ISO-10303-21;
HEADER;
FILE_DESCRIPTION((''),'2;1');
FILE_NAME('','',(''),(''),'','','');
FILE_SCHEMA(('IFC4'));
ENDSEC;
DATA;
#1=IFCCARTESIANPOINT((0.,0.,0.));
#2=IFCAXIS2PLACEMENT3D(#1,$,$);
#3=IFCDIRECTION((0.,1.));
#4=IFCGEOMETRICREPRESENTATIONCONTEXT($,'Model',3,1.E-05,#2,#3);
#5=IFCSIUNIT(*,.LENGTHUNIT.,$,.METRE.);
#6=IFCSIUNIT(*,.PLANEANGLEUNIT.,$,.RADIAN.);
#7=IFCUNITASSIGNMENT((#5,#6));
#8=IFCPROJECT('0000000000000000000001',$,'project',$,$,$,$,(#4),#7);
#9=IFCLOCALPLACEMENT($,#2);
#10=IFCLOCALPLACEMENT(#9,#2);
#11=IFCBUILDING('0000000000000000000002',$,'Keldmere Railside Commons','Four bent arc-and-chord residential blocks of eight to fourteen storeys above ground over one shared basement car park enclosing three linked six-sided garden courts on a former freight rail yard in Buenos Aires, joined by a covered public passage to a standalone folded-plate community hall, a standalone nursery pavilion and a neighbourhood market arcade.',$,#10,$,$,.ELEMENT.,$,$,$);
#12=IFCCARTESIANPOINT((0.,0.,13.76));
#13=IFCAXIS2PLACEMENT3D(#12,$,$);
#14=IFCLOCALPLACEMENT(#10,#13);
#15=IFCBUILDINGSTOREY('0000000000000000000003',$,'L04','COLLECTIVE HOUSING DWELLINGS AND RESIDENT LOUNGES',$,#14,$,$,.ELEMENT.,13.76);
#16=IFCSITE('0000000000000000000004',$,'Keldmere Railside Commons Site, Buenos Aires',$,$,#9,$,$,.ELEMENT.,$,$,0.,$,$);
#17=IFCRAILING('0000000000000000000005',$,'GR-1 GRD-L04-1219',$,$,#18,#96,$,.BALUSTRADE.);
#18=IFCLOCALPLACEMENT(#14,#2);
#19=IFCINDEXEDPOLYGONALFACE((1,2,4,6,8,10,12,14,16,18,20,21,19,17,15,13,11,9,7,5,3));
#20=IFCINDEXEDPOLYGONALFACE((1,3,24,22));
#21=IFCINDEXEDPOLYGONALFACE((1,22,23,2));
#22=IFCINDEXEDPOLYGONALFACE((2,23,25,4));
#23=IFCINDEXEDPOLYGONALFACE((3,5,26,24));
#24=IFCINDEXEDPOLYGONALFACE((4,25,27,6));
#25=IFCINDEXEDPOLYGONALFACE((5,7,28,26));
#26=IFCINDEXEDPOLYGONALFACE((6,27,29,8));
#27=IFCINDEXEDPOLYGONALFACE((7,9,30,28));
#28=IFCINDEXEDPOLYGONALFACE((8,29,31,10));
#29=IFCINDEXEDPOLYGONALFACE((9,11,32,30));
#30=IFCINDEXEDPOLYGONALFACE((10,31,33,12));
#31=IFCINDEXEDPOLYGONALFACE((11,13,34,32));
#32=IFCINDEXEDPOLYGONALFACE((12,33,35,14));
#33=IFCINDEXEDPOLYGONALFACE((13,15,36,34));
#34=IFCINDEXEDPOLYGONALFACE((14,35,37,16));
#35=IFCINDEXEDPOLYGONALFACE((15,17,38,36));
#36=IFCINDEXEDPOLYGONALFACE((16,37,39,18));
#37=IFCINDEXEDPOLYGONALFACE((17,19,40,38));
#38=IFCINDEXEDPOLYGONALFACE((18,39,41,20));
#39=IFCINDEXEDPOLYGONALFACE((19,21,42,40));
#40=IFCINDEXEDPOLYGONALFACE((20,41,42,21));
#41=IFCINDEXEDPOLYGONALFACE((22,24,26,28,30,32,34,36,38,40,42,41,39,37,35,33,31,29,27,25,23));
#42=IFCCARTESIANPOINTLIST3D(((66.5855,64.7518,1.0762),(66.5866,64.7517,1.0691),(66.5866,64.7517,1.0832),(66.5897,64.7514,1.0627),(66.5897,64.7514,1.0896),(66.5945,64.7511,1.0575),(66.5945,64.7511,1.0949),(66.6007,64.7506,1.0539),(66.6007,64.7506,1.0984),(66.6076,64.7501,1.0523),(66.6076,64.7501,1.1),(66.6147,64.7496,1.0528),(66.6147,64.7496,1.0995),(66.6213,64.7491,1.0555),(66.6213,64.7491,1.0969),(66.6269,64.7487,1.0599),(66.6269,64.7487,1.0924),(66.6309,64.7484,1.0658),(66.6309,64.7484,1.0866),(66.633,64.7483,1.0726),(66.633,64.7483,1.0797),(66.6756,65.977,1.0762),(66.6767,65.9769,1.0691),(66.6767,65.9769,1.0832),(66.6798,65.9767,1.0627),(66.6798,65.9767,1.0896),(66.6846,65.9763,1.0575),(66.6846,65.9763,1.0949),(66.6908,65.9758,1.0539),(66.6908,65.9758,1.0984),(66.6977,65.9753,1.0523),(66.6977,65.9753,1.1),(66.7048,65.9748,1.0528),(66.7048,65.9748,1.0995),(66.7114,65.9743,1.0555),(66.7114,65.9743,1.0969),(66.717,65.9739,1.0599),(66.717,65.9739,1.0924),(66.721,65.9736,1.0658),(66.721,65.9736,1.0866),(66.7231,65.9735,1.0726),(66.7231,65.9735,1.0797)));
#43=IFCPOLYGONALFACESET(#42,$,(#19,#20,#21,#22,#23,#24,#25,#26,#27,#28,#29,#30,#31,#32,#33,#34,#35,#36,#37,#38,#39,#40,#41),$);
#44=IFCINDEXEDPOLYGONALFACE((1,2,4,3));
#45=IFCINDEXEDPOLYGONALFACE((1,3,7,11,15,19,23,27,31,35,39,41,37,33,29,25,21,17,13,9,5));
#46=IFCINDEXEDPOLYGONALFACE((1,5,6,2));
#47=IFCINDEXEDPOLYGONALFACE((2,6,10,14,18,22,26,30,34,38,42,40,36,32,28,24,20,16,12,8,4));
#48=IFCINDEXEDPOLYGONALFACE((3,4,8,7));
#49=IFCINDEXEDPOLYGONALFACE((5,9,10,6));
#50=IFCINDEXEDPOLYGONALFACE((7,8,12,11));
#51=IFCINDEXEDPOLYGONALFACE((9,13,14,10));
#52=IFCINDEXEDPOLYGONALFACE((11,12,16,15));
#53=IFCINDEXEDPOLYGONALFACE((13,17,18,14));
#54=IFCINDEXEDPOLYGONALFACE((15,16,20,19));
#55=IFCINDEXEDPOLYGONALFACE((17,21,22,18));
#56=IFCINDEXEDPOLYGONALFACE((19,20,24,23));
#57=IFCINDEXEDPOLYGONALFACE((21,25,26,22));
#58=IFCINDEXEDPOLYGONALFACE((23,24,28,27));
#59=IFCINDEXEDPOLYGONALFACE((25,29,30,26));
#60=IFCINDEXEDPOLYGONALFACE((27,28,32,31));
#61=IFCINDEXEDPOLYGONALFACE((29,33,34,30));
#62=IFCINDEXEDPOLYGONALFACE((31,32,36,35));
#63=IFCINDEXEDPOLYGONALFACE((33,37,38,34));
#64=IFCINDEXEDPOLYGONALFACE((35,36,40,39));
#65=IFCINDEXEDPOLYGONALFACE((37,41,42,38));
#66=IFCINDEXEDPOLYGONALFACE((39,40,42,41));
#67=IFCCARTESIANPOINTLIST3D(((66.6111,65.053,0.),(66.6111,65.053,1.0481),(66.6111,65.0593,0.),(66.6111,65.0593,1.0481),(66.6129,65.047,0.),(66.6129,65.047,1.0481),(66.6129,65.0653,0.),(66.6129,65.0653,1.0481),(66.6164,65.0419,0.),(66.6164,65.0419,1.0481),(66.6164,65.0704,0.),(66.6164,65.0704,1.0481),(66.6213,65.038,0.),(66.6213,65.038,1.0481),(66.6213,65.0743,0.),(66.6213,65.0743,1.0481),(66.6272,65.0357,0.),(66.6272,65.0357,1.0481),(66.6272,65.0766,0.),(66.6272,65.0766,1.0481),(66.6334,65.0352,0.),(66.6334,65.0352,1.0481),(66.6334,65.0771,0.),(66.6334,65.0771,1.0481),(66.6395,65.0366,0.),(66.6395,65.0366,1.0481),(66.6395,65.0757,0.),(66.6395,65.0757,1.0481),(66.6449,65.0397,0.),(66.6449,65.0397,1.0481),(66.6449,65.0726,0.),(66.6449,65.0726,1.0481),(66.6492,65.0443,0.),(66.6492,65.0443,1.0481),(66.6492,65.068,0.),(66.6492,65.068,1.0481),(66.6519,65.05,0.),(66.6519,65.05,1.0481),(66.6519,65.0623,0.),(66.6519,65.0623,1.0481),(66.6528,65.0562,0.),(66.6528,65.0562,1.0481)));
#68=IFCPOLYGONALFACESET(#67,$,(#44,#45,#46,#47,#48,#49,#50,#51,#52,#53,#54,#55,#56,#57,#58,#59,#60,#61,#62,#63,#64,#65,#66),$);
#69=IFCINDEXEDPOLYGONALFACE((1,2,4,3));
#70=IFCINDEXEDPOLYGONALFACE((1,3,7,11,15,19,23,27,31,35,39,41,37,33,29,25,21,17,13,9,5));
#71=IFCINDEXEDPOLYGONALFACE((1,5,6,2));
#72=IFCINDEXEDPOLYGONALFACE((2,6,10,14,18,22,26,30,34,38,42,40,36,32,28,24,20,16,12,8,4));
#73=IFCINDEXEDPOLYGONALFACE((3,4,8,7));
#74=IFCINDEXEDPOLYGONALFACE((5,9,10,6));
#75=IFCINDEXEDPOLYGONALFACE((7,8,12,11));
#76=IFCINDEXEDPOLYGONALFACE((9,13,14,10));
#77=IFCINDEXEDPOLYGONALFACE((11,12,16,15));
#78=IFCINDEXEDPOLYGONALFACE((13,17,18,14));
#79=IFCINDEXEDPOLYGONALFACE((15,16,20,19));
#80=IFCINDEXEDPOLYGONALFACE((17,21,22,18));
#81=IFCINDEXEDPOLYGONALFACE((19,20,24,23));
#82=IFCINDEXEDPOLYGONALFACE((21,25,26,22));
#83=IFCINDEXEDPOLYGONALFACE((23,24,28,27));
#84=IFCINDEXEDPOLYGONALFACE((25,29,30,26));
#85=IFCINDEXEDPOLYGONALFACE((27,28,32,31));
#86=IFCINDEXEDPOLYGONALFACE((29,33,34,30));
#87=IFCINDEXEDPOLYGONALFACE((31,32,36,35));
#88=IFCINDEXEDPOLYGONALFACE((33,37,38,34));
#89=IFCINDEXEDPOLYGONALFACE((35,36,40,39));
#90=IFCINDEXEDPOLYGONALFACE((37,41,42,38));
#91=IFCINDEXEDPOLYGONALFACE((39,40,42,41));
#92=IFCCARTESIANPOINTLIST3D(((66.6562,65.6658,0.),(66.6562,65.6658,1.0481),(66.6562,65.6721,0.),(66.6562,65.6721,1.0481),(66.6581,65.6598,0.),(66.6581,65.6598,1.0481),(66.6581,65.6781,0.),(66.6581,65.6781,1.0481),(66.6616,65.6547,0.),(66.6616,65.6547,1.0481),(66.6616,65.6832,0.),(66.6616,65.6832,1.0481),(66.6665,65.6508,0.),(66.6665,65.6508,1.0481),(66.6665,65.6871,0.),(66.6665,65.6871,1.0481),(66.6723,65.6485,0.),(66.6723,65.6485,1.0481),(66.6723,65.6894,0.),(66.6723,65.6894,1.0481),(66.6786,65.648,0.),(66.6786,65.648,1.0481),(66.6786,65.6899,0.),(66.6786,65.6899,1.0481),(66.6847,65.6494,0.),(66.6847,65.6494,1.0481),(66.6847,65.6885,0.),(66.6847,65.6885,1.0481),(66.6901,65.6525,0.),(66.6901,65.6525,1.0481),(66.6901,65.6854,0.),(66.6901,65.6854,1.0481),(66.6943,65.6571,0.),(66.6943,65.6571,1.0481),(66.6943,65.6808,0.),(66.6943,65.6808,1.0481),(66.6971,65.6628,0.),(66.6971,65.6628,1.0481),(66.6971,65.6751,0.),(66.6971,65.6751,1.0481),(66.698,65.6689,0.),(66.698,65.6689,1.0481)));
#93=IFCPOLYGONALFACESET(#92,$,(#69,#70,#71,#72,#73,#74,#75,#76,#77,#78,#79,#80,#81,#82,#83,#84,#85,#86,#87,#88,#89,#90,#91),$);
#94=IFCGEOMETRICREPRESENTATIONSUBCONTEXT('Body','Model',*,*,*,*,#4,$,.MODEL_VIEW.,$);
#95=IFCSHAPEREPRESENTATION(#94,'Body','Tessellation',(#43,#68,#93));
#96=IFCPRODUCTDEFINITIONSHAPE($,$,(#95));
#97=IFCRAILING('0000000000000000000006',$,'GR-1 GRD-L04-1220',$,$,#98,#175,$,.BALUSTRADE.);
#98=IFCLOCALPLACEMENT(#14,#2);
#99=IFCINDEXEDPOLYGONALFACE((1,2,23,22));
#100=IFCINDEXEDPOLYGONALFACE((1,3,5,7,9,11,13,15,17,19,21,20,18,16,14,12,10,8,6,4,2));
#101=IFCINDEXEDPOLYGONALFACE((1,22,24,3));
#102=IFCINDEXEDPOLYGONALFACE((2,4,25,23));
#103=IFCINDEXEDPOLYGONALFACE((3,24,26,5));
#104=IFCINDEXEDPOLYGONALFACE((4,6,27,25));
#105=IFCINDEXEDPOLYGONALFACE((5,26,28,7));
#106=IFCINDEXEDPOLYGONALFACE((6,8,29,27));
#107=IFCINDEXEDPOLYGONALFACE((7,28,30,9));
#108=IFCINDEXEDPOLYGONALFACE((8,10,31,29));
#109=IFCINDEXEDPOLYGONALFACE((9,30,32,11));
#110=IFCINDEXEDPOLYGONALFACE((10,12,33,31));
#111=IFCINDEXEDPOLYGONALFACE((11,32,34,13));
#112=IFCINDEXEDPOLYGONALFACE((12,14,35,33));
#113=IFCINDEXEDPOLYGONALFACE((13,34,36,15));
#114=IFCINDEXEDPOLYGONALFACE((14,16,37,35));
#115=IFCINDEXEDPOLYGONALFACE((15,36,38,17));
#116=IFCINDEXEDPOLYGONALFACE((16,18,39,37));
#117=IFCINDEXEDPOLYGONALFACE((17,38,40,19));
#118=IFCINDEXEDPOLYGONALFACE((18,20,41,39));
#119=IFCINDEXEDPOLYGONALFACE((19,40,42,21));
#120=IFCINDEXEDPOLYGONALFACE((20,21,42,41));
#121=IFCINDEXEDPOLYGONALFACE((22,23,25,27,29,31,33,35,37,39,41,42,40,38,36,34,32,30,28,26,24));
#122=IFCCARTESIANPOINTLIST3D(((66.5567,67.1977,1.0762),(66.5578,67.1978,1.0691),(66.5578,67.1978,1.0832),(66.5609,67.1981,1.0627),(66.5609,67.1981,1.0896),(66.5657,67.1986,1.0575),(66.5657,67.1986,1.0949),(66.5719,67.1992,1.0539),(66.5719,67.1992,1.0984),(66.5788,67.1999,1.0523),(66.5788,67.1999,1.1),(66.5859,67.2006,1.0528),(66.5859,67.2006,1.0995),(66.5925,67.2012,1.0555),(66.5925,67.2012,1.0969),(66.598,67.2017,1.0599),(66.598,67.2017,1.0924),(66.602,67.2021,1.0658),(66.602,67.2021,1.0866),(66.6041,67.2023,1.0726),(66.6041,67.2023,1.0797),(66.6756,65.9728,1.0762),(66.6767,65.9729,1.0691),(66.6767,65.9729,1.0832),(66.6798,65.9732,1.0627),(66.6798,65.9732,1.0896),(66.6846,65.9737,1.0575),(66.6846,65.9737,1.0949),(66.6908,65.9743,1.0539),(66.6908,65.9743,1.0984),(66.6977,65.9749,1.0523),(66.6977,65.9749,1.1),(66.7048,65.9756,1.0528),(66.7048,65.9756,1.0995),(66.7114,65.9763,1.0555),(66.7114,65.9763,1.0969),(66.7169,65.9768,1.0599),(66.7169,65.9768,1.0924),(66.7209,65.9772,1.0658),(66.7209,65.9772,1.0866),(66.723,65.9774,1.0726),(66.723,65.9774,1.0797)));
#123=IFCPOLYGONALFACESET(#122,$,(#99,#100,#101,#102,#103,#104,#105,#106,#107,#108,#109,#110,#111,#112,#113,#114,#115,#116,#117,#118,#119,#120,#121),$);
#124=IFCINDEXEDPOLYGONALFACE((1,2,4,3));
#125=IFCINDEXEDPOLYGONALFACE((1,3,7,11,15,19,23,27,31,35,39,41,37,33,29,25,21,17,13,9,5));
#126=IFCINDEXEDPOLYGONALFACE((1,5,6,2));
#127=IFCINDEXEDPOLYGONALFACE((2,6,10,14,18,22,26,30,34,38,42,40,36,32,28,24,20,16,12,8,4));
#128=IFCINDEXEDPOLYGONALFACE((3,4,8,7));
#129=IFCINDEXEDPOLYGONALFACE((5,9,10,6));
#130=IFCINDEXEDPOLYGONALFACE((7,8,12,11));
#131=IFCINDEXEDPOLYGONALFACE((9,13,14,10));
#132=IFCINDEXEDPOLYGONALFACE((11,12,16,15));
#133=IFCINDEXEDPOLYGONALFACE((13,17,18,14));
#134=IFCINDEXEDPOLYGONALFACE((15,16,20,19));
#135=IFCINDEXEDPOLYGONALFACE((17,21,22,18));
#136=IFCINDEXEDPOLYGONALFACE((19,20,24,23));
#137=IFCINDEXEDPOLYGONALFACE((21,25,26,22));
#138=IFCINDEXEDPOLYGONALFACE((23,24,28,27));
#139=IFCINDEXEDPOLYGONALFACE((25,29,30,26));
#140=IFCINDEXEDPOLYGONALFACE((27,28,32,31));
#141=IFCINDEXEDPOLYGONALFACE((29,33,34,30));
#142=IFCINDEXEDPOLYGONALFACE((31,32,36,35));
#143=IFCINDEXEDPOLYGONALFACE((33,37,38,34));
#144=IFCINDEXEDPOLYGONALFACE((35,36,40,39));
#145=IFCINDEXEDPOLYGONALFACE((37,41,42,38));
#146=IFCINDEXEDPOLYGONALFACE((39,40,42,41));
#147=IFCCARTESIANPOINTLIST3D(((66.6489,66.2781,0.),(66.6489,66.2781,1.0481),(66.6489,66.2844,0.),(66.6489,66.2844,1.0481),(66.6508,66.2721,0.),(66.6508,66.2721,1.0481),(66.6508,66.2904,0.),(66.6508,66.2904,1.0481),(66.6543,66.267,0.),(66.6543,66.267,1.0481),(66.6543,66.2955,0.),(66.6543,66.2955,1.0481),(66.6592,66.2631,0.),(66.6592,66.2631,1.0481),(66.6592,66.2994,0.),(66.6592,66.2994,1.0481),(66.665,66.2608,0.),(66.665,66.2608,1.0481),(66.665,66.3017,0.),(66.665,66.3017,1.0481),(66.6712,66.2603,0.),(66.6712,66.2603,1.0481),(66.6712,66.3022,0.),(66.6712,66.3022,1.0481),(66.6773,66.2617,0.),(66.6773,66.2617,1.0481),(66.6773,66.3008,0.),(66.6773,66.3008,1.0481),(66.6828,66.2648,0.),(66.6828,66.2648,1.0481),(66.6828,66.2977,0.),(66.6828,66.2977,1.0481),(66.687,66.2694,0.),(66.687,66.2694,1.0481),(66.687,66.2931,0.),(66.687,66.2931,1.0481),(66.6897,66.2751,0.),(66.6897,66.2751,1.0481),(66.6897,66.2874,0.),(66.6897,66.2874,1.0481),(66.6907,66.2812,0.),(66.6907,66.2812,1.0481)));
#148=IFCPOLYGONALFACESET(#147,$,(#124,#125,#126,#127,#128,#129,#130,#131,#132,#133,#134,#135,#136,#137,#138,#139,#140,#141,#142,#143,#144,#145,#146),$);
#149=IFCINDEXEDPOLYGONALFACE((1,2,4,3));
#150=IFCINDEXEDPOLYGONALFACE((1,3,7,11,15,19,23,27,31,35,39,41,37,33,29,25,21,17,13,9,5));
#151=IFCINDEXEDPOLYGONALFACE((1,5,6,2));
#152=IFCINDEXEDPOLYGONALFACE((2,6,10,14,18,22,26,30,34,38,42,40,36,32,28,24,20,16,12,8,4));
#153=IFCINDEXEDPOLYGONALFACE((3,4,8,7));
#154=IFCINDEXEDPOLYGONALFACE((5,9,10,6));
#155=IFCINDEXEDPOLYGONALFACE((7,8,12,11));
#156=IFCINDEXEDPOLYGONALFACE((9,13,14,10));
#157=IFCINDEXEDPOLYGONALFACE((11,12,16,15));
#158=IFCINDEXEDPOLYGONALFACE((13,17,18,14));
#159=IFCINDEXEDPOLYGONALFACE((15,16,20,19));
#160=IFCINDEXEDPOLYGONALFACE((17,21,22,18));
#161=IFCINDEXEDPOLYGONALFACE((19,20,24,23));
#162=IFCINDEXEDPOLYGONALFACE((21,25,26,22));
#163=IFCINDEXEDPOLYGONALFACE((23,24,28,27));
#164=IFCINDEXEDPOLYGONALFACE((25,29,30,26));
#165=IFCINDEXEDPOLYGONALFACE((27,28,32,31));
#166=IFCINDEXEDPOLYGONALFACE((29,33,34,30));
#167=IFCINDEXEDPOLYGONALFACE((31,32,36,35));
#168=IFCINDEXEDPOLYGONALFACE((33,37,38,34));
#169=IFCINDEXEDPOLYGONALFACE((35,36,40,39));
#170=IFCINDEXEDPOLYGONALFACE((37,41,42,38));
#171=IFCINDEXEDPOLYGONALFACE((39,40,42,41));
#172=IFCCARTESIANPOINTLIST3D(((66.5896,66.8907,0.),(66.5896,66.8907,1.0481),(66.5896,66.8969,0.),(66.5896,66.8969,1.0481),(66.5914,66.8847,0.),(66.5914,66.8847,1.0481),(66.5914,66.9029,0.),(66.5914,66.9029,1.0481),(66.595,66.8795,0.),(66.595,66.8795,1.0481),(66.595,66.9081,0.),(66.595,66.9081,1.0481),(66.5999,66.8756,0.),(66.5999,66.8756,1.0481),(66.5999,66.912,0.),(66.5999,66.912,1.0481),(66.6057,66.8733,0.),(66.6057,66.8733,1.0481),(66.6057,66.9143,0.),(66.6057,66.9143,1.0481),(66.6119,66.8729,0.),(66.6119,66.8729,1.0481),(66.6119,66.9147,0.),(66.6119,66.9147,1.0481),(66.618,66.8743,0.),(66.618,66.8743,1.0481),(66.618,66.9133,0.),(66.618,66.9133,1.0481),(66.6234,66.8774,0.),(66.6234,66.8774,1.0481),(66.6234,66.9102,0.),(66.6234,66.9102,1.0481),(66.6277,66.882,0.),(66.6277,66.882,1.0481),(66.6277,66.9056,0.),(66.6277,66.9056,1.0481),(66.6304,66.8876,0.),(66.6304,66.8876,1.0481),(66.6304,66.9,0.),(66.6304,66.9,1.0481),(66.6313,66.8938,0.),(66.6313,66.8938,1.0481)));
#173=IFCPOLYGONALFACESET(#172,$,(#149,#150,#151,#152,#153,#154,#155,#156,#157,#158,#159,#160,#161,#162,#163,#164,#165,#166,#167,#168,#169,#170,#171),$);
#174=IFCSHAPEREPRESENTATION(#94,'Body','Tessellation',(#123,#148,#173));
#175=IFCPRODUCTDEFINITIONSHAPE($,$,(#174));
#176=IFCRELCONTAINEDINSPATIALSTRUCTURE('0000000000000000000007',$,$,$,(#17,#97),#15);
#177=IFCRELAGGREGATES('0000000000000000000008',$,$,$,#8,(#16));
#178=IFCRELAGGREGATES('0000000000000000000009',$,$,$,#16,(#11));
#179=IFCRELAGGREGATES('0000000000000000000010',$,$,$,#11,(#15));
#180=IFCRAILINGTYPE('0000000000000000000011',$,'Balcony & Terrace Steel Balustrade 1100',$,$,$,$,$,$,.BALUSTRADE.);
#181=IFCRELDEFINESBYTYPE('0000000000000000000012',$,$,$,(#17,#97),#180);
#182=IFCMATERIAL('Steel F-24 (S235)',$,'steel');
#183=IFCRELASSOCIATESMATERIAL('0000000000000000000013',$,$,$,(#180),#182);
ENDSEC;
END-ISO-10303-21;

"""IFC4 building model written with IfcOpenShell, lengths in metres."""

from ifc_helpers import new_model, si_unit, direction, frame, origin, origin_2d, place, context, subcontext, project, spatial, circle, extrude, material, type_object, element, save


model = new_model("IFC4")

# Units and contexts
model_context = context("Model", 3, precision=1e-05, world=origin(), true_north=direction((0.0, 1.0)))
body_context = subcontext(model_context, "Body", "Model", "MODEL_VIEW")
ifc_project = project(units=[si_unit("LENGTHUNIT", "METRE"), si_unit("PLANEANGLEUNIT", "RADIAN")], contexts=[model_context])

# Site, building, storey
site_placement = place(None, origin())
site = spatial("IfcSite", under=ifc_project, at=site_placement, Name="Keldmere Railside Commons Site, Buenos Aires", CompositionType="ELEMENT", RefElevation=0.0)
building_placement = place(site_placement, origin())
building = spatial("IfcBuilding", under=site, at=building_placement, Name="Keldmere Railside Commons", Description="Four bent arc-and-chord residential blocks of eight to fourteen storeys above ground over one shared basement car park enclosing three linked six-sided garden courts on a former freight rail yard in Buenos Aires, joined by a covered public passage to a standalone folded-plate community hall, a standalone nursery pavilion and a neighbourhood market arcade.", CompositionType="ELEMENT")
storey_placement = place(building_placement, frame((0.0, 0.0, 13.76)))
storey = spatial("IfcBuildingStorey", under=building, at=storey_placement, Name="L04", Description="COLLECTIVE HOUSING DWELLINGS AND RESIDENT LOUNGES", CompositionType="ELEMENT", Elevation=13.76)

# Railings
ifc_material_1 = material(Name="Steel F-24 (S235)", Category="steel")
railing_type_1 = type_object("IfcRailingType", Name="Balcony & Terrace Steel Balustrade 1100", PredefinedType="BALUSTRADE", material=ifc_material_1)
railing_1_placement = place(storey_placement, frame((66.6094, 64.75, 0.0)))
element("IfcRailing", 1, at=railing_1_placement, inside=storey, type_object=railing_type_1, Name="GR-1 GRD-L04-1219", PredefinedType="BALUSTRADE", context=body_context, shape_type="SweptSolid", body=[
    extrude(circle(Radius=0.0239, at=origin_2d()), frame((0.0, 0.0, 1.0762), z_axis=(0.073337, 0.997307, 0.0), x_axis=(-0.997307, 0.073337, 0.0)), (0.0, 0.0, 1.0), 1.2285),
    extrude(circle(Radius=0.021, at=origin_2d()), frame((0.0225, 0.3062, 0.0)), (0.0, 0.0, 1.0), 1.0481),
    extrude(circle(Radius=0.021, at=origin_2d()), frame((0.0676, 0.9189, 0.0)), (0.0, 0.0, 1.0), 1.0481),
])
railing_2_placement = place(storey_placement, frame((66.6995, 65.9751, 0.0)))
element("IfcRailing", 2, at=railing_2_placement, inside=storey, type_object=railing_type_1, Name="GR-1 GRD-L04-1220", PredefinedType="BALUSTRADE", context=body_context, shape_type="SweptSolid", body=[
    extrude(circle(Radius=0.0239, at=origin_2d()), frame((0.0, 0.0, 1.0762), z_axis=(-0.096616, 0.995322, 0.0), x_axis=(-0.995322, -0.096616, 0.0)), (0.0, 0.0, 1.0), 1.2307),
    extrude(circle(Radius=0.021, at=origin_2d()), frame((-0.0298, 0.3062, 0.0)), (0.0, 0.0, 1.0), 1.0481),
    extrude(circle(Radius=0.021, at=origin_2d()), frame((-0.0891, 0.9187, 0.0)), (0.0, 0.0, 1.0), 1.0481),
])

save(model, "model.ifc")
